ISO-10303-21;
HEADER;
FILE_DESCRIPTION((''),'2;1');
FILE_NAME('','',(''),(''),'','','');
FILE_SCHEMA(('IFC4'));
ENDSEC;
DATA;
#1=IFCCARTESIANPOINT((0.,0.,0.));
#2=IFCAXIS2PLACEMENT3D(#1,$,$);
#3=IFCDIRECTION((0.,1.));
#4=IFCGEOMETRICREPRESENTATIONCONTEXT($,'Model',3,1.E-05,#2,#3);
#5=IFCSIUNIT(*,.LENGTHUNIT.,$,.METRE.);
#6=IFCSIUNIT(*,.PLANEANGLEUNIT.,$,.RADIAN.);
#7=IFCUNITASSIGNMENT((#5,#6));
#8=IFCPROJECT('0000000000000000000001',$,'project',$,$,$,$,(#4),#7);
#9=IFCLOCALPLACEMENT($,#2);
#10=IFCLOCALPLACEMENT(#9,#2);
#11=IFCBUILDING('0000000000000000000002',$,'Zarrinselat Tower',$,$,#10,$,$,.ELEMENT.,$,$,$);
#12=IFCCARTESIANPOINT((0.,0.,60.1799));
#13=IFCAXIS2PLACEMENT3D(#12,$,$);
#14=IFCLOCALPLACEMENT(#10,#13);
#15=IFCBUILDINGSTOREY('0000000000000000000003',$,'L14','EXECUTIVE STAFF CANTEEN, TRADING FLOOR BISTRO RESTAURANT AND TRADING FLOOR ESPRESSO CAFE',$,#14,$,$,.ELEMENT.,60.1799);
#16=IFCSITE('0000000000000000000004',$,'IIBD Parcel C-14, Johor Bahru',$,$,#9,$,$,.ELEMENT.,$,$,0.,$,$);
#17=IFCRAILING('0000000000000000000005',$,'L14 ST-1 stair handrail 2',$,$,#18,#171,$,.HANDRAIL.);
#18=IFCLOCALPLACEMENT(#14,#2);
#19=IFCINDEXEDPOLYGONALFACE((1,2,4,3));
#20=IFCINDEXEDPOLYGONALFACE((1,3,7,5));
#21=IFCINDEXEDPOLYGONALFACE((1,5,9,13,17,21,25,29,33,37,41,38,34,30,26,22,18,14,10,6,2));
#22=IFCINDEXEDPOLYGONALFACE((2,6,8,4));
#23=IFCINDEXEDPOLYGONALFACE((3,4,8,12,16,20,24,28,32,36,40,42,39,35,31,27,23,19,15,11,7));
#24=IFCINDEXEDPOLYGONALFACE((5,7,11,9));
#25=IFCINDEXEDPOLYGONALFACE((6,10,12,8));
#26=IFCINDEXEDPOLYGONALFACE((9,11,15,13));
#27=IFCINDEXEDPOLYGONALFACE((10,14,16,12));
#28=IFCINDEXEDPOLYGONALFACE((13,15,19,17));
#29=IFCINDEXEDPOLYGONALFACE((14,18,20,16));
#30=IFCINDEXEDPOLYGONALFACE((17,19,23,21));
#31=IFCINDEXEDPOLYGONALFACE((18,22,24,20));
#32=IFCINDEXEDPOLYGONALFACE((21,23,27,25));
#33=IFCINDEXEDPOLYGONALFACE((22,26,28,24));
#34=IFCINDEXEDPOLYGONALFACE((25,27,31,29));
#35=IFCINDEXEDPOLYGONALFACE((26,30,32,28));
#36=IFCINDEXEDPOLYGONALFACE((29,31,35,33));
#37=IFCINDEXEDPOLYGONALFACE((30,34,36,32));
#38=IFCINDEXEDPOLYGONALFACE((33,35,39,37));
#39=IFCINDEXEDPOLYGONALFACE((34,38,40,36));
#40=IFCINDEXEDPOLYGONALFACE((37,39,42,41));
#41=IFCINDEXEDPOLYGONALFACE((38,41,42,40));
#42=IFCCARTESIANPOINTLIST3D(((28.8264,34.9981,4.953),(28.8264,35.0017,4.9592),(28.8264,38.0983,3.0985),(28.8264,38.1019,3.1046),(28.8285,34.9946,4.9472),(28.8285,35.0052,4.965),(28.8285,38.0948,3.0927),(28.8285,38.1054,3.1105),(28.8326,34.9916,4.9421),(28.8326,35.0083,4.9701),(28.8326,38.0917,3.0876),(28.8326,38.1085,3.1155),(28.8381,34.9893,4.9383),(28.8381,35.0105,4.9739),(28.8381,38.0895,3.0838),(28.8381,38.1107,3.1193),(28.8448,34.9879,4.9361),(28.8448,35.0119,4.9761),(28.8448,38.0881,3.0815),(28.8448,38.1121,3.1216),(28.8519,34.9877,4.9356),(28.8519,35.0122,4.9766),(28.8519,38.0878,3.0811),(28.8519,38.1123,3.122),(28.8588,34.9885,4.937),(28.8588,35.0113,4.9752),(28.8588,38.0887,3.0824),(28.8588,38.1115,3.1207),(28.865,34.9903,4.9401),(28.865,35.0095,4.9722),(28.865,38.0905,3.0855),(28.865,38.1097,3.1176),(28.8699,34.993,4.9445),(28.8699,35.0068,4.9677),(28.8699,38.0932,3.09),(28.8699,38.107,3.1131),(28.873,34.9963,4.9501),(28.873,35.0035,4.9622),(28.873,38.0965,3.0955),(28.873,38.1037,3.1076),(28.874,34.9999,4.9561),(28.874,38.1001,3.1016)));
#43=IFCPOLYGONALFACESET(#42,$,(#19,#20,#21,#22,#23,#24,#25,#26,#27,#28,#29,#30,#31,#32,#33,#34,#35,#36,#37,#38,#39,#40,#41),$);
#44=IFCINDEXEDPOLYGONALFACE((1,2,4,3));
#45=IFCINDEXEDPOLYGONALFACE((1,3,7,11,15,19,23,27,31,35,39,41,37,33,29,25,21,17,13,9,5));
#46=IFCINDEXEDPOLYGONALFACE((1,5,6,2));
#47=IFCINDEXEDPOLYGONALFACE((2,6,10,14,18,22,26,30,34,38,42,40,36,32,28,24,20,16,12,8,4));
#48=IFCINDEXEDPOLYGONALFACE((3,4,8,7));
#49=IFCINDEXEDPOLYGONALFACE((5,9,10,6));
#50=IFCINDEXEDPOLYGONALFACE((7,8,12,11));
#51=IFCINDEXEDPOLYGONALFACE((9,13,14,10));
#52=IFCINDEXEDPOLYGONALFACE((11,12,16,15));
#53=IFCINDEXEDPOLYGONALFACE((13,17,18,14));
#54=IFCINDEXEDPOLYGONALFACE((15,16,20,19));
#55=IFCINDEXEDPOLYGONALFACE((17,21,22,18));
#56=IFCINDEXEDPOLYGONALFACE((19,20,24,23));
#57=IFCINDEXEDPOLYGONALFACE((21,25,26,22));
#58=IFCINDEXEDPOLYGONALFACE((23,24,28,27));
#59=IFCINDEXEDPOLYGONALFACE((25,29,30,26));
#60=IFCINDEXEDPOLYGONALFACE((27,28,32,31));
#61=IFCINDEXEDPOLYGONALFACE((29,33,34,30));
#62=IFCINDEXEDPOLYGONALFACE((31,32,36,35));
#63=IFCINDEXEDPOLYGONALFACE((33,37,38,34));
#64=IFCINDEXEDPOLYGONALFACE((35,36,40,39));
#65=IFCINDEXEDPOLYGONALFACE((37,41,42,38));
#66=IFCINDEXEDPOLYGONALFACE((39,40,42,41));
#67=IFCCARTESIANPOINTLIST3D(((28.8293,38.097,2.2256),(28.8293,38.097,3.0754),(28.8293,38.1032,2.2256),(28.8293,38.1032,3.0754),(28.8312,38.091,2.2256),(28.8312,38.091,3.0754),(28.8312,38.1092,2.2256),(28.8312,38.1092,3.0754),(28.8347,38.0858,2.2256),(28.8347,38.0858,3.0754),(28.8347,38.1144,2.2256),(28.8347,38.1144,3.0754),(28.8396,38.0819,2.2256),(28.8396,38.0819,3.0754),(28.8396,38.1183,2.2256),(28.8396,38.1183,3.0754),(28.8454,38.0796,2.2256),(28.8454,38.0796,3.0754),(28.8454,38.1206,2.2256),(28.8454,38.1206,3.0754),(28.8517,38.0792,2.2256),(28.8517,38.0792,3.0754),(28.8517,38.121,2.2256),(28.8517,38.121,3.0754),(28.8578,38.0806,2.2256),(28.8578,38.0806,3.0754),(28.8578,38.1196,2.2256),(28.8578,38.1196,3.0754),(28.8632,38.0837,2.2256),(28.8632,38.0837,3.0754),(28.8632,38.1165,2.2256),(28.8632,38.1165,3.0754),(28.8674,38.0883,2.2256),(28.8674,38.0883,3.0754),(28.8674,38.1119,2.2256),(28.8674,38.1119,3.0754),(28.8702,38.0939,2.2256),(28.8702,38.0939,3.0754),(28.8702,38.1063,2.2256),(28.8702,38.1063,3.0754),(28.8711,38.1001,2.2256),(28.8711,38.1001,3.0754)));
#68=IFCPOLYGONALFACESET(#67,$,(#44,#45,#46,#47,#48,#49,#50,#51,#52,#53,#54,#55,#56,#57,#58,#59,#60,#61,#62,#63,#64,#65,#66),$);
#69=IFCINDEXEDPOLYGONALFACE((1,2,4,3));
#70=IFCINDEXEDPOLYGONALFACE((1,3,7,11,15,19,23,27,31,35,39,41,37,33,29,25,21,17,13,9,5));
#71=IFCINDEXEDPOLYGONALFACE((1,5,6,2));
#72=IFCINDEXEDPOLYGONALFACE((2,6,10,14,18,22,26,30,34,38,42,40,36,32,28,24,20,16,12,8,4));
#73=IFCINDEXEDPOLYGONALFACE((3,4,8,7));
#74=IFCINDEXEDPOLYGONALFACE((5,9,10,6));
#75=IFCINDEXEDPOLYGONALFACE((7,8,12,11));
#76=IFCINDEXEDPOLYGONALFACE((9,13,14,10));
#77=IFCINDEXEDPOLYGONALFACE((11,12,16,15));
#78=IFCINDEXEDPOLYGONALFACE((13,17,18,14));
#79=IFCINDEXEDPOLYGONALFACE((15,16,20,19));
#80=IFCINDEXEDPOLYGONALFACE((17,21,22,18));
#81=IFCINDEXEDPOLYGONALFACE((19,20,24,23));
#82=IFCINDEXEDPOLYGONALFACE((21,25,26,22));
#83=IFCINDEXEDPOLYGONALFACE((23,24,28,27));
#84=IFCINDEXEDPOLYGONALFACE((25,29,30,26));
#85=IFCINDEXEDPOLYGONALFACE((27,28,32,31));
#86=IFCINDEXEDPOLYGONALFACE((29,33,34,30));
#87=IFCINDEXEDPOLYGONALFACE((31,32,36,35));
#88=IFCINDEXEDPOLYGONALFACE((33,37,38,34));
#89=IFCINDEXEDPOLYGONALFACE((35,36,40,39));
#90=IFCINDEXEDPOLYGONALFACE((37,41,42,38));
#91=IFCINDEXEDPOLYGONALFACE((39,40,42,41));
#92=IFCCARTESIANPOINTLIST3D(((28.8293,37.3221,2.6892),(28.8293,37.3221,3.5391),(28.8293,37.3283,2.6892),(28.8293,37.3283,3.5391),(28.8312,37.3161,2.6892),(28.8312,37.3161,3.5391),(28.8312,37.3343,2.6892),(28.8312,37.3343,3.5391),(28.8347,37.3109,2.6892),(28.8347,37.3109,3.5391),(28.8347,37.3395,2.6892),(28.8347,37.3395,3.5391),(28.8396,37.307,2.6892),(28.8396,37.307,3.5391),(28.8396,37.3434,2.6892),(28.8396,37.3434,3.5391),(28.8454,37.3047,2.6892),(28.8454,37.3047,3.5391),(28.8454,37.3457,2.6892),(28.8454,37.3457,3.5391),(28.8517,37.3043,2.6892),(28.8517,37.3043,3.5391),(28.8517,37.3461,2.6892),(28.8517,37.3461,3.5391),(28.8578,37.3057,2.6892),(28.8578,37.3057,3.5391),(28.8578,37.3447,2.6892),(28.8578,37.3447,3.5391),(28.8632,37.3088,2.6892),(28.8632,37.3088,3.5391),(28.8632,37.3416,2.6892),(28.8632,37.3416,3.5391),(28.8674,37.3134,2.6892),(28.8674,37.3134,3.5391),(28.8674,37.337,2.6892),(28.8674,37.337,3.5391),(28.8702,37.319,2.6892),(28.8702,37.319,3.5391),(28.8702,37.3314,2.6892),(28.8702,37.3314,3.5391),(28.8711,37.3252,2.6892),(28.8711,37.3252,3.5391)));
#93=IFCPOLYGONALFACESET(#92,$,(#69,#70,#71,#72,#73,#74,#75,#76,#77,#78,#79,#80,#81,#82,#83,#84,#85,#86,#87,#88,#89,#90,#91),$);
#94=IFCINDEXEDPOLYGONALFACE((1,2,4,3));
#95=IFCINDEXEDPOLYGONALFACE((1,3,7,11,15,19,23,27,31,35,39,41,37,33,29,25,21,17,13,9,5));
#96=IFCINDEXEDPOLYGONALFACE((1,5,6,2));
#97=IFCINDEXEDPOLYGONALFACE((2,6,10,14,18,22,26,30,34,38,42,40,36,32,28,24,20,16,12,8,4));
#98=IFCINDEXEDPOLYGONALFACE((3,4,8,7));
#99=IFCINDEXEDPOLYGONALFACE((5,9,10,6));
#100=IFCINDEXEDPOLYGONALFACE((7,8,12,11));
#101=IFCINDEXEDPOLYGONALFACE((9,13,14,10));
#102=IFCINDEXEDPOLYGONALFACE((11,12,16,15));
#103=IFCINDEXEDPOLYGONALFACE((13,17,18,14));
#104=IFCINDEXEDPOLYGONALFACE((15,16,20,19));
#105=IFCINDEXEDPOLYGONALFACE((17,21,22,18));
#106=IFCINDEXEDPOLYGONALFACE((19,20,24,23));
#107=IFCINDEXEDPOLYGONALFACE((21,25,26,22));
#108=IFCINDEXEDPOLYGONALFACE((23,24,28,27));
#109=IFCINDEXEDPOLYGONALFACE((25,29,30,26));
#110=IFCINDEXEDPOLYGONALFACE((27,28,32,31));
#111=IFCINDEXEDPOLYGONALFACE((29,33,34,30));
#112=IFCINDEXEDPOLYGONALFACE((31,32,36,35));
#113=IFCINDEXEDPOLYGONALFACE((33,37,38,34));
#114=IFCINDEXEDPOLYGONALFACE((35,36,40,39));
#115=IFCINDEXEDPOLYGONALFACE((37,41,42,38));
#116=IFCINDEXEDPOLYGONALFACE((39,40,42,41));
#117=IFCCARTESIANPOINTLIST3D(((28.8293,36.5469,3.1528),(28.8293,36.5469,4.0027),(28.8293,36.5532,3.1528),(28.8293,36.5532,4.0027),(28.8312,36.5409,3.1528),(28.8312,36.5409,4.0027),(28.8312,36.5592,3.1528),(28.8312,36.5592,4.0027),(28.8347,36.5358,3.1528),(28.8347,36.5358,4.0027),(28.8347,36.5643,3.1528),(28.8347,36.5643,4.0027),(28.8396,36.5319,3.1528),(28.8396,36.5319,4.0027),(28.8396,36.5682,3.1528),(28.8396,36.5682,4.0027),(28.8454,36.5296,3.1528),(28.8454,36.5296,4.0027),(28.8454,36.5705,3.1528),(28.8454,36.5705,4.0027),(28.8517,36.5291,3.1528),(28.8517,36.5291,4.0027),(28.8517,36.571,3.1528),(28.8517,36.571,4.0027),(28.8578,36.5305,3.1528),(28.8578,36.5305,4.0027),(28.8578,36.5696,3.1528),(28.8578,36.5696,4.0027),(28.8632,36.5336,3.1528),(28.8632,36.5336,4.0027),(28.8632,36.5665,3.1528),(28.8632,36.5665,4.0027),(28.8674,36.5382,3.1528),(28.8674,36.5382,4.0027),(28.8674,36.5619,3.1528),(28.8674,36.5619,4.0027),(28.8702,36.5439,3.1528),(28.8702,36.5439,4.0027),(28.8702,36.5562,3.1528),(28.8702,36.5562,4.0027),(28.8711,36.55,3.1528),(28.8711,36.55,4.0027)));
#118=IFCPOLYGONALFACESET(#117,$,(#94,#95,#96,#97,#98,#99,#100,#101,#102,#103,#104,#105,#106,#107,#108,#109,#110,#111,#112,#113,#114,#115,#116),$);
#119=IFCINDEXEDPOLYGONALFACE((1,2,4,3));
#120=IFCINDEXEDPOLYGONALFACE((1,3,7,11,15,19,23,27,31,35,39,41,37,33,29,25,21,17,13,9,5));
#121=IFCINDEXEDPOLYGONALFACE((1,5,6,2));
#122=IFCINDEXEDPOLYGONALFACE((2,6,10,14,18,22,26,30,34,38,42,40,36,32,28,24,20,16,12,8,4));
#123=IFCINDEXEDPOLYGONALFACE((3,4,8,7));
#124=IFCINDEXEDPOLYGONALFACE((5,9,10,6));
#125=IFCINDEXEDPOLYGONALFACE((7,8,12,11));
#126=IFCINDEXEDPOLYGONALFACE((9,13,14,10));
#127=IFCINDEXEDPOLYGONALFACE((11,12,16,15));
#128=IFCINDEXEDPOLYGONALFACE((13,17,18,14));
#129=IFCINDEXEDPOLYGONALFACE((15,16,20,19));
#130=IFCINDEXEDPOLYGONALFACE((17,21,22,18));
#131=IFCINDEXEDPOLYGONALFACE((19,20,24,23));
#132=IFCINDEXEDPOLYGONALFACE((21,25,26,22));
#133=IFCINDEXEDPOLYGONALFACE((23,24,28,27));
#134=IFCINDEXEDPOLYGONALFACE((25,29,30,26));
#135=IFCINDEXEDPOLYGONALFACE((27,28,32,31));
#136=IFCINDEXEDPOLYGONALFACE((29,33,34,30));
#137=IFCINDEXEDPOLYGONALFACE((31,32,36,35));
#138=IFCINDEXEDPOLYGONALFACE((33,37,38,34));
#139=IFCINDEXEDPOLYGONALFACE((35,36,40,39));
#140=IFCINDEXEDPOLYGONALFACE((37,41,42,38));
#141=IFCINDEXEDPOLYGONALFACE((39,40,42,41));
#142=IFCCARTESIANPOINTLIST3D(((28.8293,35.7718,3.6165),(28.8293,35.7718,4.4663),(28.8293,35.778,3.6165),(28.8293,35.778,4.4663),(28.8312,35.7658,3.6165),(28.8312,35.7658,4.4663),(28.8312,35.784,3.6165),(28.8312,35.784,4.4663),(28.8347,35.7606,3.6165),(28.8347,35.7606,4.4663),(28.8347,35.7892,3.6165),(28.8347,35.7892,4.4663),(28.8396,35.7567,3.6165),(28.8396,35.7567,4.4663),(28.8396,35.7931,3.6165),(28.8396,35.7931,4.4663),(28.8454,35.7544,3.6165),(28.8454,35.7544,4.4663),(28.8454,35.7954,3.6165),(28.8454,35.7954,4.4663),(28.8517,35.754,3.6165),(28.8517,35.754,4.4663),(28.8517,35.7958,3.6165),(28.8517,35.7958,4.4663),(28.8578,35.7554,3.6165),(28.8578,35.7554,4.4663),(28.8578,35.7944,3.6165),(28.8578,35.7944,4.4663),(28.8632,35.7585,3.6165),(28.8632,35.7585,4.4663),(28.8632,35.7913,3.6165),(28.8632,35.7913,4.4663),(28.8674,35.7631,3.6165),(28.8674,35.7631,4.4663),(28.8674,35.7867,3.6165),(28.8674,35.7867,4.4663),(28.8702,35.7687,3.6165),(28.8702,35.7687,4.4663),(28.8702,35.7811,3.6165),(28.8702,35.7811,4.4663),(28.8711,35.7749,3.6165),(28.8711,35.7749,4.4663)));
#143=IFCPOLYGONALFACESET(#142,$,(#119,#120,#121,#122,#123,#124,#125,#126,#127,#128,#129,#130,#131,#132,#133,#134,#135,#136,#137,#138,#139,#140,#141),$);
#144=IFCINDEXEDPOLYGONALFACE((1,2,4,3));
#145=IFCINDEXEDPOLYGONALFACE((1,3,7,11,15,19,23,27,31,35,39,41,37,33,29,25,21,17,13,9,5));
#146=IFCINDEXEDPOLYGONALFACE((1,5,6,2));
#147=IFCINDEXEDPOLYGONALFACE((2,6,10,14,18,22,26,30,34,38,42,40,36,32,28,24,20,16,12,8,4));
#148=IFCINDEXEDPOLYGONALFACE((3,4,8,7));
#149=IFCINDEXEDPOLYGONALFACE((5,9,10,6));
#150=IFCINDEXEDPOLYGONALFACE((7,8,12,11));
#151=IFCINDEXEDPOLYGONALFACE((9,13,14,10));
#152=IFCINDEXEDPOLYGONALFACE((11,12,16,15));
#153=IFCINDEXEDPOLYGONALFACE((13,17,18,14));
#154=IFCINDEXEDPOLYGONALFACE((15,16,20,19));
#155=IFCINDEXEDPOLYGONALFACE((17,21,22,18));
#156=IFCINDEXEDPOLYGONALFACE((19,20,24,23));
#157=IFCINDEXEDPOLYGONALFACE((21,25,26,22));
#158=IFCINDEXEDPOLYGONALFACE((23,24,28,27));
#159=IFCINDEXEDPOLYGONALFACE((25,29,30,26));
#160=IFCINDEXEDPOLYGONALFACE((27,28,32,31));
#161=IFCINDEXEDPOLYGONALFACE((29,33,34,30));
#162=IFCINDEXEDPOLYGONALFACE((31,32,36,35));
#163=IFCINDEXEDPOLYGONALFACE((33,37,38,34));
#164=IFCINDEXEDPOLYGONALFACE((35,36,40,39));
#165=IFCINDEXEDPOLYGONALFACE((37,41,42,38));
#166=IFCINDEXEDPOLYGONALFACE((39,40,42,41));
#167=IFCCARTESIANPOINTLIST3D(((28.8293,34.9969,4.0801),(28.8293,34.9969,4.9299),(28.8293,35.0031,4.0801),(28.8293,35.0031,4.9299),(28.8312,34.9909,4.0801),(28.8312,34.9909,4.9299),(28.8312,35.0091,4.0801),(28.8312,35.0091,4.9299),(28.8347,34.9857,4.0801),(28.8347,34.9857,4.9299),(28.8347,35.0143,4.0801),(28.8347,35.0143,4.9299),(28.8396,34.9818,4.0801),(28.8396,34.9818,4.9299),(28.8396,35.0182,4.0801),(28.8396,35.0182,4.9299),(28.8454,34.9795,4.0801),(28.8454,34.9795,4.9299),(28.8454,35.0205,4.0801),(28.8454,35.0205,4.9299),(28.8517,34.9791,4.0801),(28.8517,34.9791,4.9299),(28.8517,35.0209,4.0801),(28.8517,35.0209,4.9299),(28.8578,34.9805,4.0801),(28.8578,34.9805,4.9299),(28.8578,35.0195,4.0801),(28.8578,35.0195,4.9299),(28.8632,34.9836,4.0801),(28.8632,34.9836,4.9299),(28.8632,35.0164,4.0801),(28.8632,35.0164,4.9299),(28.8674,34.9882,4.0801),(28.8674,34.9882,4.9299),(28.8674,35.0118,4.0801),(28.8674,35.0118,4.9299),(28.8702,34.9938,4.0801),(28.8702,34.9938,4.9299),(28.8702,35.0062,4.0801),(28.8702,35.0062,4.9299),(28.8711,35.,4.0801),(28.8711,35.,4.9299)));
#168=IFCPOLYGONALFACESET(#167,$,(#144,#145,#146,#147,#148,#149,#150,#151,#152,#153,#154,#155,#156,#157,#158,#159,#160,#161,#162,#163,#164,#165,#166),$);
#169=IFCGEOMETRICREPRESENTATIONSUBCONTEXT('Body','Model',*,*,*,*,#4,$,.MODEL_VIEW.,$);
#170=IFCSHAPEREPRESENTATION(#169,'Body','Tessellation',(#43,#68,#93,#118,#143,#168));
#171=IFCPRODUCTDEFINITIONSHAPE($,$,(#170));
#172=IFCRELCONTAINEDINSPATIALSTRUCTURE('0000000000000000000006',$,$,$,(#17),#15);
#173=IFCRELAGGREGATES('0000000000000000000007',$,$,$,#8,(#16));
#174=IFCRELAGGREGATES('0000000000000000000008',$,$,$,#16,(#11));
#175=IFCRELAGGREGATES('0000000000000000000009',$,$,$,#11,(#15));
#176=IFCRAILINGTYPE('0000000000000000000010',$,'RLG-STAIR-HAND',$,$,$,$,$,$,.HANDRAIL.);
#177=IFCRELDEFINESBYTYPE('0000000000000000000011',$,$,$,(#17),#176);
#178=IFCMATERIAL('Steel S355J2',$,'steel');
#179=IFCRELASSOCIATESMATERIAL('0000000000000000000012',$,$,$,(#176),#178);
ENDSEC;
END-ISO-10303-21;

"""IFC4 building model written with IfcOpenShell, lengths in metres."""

from ifc_helpers import new_model, si_unit, direction, frame, origin, origin_2d, place, context, subcontext, project, spatial, circle, extrude, material, type_object, element, save


model = new_model("IFC4")

# Units and contexts
model_context = context("Model", 3, precision=1e-05, world=origin(), true_north=direction((0.0, 1.0)))
body_context = subcontext(model_context, "Body", "Model", "MODEL_VIEW")
ifc_project = project(units=[si_unit("LENGTHUNIT", "METRE"), si_unit("PLANEANGLEUNIT", "RADIAN")], contexts=[model_context])

# Site, building, storey
site_placement = place(None, origin())
site = spatial("IfcSite", under=ifc_project, at=site_placement, Name="IIBD Parcel C-14, Johor Bahru", CompositionType="ELEMENT", RefElevation=0.0)
building_placement = place(site_placement, origin())
building = spatial("IfcBuilding", under=site, at=building_placement, Name="Zarrinselat Tower", CompositionType="ELEMENT")
storey_placement = place(building_placement, frame((0.0, 0.0, 60.1799)))
storey = spatial("IfcBuildingStorey", under=building, at=storey_placement, Name="L14", Description="EXECUTIVE STAFF CANTEEN, TRADING FLOOR BISTRO RESTAURANT AND TRADING FLOOR ESPRESSO CAFE", CompositionType="ELEMENT", Elevation=60.1799)

# Railing
ifc_material_1 = material(Name="Steel S355J2", Category="steel")
railing_type_1 = type_object("IfcRailingType", Name="RLG-STAIR-HAND", PredefinedType="HANDRAIL", material=ifc_material_1)
railing_1_placement = place(storey_placement, frame((28.8501, 38.1001, 2.2256)))
element("IfcRailing", 1, at=railing_1_placement, inside=storey, type_object=railing_type_1, Name="L14 ST-1 stair handrail 2", PredefinedType="HANDRAIL", context=body_context, shape_type="SweptSolid", body=[
    extrude(circle(Radius=0.0239, at=origin_2d()), frame((0.0, 0.0, 0.876), z_axis=(0.0, -0.858172, 0.513362), x_axis=(1.0, 0.0, 0.0)), (0.0, 0.0, 1.0), 3.6125),
    extrude(circle(Radius=0.021, at=origin_2d()), origin(), (0.0, 0.0, 1.0), 0.8499),
    extrude(circle(Radius=0.021, at=origin_2d()), frame((0.0, -0.7749, 0.4636)), (0.0, 0.0, 1.0), 0.8499),
    extrude(circle(Radius=0.021, at=origin_2d()), frame((0.0, -1.55, 0.9272)), (0.0, 0.0, 1.0), 0.8499),
    extrude(circle(Radius=0.021, at=origin_2d()), frame((0.0, -2.3252, 1.3909)), (0.0, 0.0, 1.0), 0.8499),
    extrude(circle(Radius=0.021, at=origin_2d()), frame((0.0, -3.1001, 1.8545)), (0.0, 0.0, 1.0), 0.8499),
])

save(model, "model.ifc")
